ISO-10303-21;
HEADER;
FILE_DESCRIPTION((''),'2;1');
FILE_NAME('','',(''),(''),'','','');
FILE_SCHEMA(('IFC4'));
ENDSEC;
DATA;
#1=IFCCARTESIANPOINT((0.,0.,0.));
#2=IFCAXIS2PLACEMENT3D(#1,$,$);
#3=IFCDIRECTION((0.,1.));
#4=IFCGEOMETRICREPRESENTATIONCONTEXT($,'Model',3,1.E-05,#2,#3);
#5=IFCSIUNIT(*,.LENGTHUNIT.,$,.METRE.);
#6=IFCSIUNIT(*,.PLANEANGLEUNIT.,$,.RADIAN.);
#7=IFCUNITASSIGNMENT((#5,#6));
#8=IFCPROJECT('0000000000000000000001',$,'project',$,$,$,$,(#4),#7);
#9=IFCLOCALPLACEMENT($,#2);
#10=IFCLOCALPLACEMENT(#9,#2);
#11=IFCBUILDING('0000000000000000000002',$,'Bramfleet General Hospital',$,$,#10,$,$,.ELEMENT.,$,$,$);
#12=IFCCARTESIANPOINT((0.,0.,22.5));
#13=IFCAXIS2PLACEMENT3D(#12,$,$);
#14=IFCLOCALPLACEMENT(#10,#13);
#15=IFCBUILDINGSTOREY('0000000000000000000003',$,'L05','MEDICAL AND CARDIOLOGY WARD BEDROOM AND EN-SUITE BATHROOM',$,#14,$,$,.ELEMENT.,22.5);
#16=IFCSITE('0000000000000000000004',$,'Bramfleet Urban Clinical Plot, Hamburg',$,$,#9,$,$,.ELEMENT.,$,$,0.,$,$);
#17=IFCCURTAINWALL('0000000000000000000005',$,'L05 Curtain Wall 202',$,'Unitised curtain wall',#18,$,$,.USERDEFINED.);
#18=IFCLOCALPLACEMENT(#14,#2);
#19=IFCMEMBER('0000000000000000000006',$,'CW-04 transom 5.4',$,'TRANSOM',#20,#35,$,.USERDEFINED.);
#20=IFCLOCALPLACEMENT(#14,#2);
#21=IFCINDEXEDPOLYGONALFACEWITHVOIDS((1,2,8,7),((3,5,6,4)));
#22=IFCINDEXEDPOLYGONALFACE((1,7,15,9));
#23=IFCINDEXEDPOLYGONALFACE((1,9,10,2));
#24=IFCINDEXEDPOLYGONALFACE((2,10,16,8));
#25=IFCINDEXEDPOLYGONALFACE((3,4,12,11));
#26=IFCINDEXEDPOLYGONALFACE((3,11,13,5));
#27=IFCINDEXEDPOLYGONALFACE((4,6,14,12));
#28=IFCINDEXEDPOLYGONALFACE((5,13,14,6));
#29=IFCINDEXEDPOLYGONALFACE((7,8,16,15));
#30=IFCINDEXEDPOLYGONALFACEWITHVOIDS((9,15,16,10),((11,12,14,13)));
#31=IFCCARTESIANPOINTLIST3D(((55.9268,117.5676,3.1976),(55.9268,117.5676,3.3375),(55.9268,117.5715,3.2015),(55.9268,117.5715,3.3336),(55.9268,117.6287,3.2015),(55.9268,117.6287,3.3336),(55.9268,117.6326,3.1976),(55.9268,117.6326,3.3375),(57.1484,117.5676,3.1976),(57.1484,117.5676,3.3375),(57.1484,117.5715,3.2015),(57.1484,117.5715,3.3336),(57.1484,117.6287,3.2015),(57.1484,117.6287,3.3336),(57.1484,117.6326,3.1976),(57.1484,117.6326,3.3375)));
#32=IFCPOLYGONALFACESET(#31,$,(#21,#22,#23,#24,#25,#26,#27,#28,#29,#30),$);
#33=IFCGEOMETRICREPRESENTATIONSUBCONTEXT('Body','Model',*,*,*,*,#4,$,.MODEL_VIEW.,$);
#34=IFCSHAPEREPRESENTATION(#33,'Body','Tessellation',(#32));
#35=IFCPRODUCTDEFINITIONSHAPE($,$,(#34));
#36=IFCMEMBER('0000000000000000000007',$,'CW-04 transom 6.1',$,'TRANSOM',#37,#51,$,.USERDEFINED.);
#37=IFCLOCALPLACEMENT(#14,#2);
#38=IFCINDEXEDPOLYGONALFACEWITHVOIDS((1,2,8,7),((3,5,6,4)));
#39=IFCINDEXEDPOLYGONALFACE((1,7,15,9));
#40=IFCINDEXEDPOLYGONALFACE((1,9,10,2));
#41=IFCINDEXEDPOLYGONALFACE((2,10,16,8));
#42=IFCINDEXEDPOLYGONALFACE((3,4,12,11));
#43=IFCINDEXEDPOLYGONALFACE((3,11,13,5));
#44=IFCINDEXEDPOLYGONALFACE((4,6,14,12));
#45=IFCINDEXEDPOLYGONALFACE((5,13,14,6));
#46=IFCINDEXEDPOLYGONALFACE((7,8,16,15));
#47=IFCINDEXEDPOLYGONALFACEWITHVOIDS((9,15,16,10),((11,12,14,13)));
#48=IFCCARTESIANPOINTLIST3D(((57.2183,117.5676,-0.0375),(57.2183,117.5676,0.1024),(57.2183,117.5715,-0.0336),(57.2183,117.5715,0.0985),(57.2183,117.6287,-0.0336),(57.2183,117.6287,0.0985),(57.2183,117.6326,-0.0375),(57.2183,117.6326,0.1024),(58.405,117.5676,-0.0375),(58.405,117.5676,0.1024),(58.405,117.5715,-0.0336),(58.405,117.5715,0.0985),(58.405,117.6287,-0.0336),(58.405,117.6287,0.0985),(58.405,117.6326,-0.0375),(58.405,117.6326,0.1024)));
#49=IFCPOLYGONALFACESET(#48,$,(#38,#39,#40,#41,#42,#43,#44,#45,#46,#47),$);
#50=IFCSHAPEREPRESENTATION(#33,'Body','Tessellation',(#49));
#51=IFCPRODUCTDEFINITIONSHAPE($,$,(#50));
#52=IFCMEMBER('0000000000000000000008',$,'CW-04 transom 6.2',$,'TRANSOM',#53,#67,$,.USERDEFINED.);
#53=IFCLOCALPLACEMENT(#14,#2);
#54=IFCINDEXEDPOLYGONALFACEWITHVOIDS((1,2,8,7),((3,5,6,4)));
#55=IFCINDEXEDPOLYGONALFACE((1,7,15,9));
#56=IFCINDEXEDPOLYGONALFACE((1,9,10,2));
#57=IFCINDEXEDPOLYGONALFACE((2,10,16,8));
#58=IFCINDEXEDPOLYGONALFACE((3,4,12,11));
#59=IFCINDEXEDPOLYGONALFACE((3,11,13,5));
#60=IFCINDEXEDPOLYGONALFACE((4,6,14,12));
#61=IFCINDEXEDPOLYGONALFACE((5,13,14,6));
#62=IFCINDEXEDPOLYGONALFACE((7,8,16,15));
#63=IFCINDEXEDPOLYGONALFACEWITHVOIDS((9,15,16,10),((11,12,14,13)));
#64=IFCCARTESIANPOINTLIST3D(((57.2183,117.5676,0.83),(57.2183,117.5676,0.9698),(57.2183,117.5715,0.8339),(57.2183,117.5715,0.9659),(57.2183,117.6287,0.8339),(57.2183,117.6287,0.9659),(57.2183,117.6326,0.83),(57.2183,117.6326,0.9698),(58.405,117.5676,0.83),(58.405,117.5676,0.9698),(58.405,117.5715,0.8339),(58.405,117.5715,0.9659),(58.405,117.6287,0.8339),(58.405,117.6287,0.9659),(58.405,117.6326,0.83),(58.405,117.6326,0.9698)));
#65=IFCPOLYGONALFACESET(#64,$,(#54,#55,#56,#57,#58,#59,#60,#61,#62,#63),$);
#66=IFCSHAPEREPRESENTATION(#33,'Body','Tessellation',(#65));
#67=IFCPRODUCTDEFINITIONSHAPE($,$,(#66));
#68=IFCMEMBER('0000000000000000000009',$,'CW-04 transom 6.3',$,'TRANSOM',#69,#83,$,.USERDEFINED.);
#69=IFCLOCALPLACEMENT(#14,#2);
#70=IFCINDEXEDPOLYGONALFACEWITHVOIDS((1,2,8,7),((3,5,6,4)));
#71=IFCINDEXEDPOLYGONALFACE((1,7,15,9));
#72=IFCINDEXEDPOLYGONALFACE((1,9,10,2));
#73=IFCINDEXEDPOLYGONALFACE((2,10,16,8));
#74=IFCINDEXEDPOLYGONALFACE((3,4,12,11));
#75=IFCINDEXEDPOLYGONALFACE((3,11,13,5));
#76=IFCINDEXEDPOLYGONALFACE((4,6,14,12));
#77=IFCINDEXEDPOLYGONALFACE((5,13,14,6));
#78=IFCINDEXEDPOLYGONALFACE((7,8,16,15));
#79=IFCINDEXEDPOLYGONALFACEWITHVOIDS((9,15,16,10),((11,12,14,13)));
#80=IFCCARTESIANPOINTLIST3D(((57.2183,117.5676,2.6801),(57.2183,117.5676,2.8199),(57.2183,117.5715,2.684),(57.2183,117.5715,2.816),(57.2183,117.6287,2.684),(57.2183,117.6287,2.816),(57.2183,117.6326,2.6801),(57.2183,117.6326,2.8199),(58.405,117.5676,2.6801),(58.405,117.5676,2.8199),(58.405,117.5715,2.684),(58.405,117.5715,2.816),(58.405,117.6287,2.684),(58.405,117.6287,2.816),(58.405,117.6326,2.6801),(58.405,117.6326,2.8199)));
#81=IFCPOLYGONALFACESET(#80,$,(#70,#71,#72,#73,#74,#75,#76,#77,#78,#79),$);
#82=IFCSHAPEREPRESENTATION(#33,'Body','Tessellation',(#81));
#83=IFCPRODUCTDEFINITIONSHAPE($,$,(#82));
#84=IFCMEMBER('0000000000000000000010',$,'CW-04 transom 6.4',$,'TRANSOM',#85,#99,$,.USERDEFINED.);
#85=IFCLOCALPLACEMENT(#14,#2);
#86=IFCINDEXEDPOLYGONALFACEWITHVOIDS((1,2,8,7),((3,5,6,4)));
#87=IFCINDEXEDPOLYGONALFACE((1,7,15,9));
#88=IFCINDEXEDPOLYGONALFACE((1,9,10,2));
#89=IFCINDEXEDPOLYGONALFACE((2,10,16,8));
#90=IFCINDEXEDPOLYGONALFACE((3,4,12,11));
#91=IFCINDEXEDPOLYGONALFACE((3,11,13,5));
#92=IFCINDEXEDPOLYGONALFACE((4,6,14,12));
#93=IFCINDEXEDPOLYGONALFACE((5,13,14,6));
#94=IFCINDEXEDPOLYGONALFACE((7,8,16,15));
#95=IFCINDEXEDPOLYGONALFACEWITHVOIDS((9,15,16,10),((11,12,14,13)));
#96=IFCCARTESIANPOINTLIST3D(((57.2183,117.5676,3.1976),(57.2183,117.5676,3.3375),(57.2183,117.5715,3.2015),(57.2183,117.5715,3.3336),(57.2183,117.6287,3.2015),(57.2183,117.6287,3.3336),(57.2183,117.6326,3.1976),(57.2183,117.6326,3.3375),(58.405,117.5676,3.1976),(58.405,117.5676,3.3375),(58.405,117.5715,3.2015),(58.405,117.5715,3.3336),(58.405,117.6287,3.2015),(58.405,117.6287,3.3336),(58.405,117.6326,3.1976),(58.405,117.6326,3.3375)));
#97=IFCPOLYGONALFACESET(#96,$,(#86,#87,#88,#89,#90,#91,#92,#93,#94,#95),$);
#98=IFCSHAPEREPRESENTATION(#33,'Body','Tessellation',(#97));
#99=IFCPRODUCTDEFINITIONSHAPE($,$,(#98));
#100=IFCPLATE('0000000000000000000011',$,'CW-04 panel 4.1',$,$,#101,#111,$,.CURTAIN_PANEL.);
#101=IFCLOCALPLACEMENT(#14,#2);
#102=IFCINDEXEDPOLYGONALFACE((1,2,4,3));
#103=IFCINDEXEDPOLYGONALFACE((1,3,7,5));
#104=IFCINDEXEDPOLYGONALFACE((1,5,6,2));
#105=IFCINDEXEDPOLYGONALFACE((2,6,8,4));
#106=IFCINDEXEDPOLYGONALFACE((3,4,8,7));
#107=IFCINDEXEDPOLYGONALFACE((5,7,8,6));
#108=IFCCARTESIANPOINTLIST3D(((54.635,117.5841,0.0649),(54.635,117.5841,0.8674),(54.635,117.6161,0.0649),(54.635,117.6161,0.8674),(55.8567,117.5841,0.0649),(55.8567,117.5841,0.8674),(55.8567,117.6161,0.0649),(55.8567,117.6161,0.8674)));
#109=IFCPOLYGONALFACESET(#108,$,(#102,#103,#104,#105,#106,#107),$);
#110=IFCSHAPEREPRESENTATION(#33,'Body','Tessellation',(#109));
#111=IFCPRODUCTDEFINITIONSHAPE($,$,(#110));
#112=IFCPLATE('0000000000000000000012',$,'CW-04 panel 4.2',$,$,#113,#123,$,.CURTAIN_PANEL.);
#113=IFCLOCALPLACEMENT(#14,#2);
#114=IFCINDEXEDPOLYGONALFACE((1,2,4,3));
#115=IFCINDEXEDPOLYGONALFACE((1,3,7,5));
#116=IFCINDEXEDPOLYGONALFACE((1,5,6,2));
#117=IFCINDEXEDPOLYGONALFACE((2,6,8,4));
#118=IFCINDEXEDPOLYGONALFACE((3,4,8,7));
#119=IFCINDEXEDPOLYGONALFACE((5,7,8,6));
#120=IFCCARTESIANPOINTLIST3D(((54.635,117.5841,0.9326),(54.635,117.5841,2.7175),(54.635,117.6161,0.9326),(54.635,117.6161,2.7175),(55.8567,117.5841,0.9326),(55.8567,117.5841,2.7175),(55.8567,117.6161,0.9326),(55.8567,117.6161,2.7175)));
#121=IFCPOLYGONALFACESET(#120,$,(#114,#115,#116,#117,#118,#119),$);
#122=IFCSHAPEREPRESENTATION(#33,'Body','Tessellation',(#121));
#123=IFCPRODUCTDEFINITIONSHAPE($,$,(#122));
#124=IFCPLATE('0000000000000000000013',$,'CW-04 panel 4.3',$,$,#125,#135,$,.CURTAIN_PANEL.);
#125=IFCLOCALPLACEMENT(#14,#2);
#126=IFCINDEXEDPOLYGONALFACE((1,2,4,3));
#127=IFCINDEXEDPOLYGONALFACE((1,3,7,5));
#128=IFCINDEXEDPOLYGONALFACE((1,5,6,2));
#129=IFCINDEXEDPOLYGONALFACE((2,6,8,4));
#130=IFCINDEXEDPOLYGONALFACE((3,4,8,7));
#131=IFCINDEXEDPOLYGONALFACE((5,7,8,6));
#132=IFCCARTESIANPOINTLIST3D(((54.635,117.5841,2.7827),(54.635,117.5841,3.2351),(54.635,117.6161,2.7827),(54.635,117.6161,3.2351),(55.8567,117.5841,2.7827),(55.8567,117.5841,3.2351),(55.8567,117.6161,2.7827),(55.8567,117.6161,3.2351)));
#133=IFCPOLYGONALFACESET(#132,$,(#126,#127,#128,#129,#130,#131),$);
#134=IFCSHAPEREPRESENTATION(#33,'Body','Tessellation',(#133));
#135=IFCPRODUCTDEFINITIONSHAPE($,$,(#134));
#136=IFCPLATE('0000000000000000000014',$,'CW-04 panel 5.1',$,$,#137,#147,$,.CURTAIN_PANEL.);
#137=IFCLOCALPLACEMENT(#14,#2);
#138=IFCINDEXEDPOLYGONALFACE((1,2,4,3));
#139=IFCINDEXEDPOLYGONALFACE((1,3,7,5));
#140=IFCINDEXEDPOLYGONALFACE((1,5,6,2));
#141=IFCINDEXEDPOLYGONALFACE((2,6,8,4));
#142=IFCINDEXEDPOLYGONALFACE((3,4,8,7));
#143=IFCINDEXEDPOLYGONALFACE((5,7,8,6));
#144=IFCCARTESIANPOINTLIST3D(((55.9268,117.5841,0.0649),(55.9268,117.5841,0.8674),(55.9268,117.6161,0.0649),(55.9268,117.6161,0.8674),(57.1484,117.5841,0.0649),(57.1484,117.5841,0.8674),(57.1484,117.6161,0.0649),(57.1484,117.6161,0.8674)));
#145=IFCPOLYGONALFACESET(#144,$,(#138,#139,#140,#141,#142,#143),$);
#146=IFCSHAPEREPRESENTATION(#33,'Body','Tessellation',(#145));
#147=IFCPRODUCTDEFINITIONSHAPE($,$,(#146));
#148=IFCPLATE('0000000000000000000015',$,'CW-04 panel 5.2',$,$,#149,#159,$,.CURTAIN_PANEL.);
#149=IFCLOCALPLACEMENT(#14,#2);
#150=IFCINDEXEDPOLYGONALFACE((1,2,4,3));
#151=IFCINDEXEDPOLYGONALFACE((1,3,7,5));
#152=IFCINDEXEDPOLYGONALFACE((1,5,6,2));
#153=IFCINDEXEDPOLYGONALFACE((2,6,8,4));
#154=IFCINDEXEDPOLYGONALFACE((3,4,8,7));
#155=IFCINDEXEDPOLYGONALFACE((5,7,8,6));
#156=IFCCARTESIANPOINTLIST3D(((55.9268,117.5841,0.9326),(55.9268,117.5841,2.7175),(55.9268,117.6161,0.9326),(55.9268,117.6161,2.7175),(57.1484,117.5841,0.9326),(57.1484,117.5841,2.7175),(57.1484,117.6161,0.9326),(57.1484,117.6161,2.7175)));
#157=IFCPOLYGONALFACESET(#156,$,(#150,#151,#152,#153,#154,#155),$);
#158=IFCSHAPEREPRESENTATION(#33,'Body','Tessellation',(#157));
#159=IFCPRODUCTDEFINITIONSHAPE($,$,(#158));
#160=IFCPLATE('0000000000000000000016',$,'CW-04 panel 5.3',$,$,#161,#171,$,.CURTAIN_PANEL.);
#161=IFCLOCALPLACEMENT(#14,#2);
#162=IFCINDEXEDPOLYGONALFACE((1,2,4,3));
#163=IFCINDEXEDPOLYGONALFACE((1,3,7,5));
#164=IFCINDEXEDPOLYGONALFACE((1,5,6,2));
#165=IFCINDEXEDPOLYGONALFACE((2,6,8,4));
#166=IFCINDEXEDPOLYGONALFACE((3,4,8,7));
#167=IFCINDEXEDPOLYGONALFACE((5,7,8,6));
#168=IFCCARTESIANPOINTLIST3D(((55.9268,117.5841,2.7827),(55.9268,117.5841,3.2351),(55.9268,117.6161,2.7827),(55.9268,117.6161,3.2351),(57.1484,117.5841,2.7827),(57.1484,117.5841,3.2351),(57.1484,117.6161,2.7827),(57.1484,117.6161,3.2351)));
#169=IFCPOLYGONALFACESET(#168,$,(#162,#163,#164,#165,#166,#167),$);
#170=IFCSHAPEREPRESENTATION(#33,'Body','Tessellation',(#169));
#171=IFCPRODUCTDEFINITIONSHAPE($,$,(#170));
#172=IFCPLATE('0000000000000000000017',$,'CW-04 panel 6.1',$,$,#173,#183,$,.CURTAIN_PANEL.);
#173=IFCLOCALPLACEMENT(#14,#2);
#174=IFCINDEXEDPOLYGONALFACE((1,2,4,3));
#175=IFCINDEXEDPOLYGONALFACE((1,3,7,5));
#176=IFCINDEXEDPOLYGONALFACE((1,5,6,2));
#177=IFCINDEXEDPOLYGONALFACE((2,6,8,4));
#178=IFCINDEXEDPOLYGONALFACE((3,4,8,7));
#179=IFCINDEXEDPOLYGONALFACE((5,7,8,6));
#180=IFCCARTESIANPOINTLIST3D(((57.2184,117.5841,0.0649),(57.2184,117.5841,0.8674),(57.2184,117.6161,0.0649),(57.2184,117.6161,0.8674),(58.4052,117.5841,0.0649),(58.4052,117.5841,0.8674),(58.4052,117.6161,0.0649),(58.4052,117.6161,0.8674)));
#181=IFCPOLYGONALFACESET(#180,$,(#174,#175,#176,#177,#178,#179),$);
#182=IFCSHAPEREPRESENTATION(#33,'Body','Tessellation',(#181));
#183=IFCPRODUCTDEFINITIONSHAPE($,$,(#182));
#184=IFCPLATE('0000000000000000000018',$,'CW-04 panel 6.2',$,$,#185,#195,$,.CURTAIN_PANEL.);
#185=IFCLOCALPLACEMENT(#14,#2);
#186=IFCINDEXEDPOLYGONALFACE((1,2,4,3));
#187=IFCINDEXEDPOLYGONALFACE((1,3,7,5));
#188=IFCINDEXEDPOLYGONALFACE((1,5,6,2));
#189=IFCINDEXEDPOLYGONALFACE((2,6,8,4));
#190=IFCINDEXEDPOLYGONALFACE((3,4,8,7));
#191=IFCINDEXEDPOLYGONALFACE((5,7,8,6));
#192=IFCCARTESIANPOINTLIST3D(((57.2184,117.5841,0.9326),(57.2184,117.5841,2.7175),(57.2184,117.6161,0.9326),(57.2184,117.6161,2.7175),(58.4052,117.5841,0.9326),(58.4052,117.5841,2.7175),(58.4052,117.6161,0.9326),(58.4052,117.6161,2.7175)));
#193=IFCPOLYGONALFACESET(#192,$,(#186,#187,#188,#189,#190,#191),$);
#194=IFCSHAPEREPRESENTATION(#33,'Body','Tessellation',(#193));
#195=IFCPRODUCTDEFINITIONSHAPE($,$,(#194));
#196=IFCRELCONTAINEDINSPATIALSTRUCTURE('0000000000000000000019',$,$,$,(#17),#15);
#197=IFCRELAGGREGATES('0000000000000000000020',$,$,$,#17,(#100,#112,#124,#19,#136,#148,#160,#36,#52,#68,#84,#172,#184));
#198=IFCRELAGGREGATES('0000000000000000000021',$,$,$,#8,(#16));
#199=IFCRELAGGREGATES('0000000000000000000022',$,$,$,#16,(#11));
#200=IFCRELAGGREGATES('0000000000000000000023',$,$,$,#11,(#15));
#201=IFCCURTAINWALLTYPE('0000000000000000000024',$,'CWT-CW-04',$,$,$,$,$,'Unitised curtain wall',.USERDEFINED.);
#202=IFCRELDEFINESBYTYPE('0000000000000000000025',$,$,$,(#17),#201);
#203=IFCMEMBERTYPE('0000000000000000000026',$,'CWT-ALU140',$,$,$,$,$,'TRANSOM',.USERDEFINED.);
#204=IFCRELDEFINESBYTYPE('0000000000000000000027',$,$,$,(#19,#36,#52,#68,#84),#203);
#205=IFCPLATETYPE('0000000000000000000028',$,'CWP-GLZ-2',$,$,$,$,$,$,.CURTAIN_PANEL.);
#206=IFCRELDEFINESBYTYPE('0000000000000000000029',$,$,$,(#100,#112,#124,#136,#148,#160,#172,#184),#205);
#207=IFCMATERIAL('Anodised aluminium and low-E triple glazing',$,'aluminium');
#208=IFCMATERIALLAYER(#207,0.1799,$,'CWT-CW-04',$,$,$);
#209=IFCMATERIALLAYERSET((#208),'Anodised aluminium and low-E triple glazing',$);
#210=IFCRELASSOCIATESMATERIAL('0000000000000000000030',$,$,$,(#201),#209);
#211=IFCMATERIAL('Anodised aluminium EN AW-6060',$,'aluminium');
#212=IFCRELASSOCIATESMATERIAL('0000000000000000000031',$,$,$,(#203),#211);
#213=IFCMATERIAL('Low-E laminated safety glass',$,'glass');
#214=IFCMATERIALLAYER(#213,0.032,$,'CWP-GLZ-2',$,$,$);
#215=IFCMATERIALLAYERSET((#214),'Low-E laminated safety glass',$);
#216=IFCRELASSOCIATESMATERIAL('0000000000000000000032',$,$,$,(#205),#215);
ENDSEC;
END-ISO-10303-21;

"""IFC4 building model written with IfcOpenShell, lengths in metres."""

from ifc_helpers import new_model, si_unit, direction, frame, origin, origin_2d, place, context, subcontext, project, spatial, rectangle, hollow_rectangle, extrude, material, layer, layer_set, material_profile, profile_set, type_object, element, aggregate, save


model = new_model("IFC4")

# Units and contexts
model_context = context("Model", 3, precision=1e-05, world=origin(), true_north=direction((0.0, 1.0)))
body_context = subcontext(model_context, "Body", "Model", "MODEL_VIEW")
ifc_project = project(units=[si_unit("LENGTHUNIT", "METRE"), si_unit("PLANEANGLEUNIT", "RADIAN")], contexts=[model_context])

# Site, building, storey
site_placement = place(None, origin())
site = spatial("IfcSite", under=ifc_project, at=site_placement, Name="Bramfleet Urban Clinical Plot, Hamburg", CompositionType="ELEMENT", RefElevation=0.0)
building_placement = place(site_placement, origin())
building = spatial("IfcBuilding", under=site, at=building_placement, Name="Bramfleet General Hospital", CompositionType="ELEMENT")
storey_placement = place(building_placement, frame((0.0, 0.0, 22.5)))
storey = spatial("IfcBuildingStorey", under=building, at=storey_placement, Name="L05", Description="MEDICAL AND CARDIOLOGY WARD BEDROOM AND EN-SUITE BATHROOM", CompositionType="ELEMENT", Elevation=22.5)

# Curtain wall, members, plates
ifc_material_1 = material(Name="Anodised aluminium and low-E triple glazing", Category="aluminium")
ifc_layer_1 = layer(ifc_material_1, 0.1799, Name="CWT-CW-04")
ifc_layer_set_1 = layer_set([ifc_layer_1], Name="Anodised aluminium and low-E triple glazing")
curtain_wall_type = type_object("IfcCurtainWallType", Name="CWT-CW-04", ElementType="Unitised curtain wall", PredefinedType="USERDEFINED", material=ifc_layer_set_1)
curtain_wall_placement = place(storey_placement, origin())
curtain_wall = element("IfcCurtainWall", 1, at=curtain_wall_placement, inside=storey, type_object=curtain_wall_type, Name="L05 Curtain Wall 202", ObjectType="Unitised curtain wall", PredefinedType="USERDEFINED")
ifc_material_2 = material(Name="Anodised aluminium EN AW-6060", Category="aluminium")
ifc_material_profile_1 = material_profile(ifc_material_2, hollow_rectangle(XDim=0.0649, YDim=0.1399, WallThickness=0.0039, at=origin_2d()), Name="ALU 140x65x4.0")
ifc_profile_set_1 = profile_set([ifc_material_profile_1], Name="Anodised aluminium EN AW-6060")
member_type_1 = type_object("IfcMemberType", Name="CWT-ALU140", ElementType="TRANSOM", PredefinedType="USERDEFINED", material=ifc_profile_set_1)
member_1_placement = place(storey_placement, frame((55.9268, 117.6001, 3.2676), z_axis=(1.0, 0.0, 0.0), x_axis=(0.0, 1.0, 0.0)))
member_1 = element("IfcMember", 2, at=member_1_placement, type_object=member_type_1, Name="CW-04 transom 5.4", ObjectType="TRANSOM", PredefinedType="USERDEFINED", context=body_context, shape_type="SweptSolid", body=[
    extrude(hollow_rectangle(XDim=0.0649, YDim=0.1399, WallThickness=0.0039, at=origin_2d()), origin(), (0.0, 0.0, 1.0), 1.2217),
])
member_2_placement = place(storey_placement, frame((57.2183, 117.6001, 0.0325), z_axis=(1.0, 0.0, 0.0), x_axis=(0.0, 1.0, 0.0)))
member_2 = element("IfcMember", 3, at=member_2_placement, type_object=member_type_1, Name="CW-04 transom 6.1", ObjectType="TRANSOM", PredefinedType="USERDEFINED", context=body_context, shape_type="SweptSolid", body=[
    extrude(hollow_rectangle(XDim=0.0649, YDim=0.1399, WallThickness=0.0039, at=origin_2d()), origin(), (0.0, 0.0, 1.0), 1.1868),
])
member_3_placement = place(storey_placement, frame((57.2183, 117.6001, 0.8999), z_axis=(1.0, 0.0, 0.0), x_axis=(0.0, 1.0, 0.0)))
member_3 = element("IfcMember", 4, at=member_3_placement, type_object=member_type_1, Name="CW-04 transom 6.2", ObjectType="TRANSOM", PredefinedType="USERDEFINED", context=body_context, shape_type="SweptSolid", body=[
    extrude(hollow_rectangle(XDim=0.0649, YDim=0.1399, WallThickness=0.0039, at=origin_2d()), origin(), (0.0, 0.0, 1.0), 1.1868),
])
member_4_placement = place(storey_placement, frame((57.2183, 117.6001, 2.75), z_axis=(1.0, 0.0, 0.0), x_axis=(0.0, 1.0, 0.0)))
member_4 = element("IfcMember", 5, at=member_4_placement, type_object=member_type_1, Name="CW-04 transom 6.3", ObjectType="TRANSOM", PredefinedType="USERDEFINED", context=body_context, shape_type="SweptSolid", body=[
    extrude(hollow_rectangle(XDim=0.0649, YDim=0.1399, WallThickness=0.0039, at=origin_2d()), origin(), (0.0, 0.0, 1.0), 1.1868),
])
member_5_placement = place(storey_placement, frame((57.2183, 117.6001, 3.2676), z_axis=(1.0, 0.0, 0.0), x_axis=(0.0, 1.0, 0.0)))
member_5 = element("IfcMember", 6, at=member_5_placement, type_object=member_type_1, Name="CW-04 transom 6.4", ObjectType="TRANSOM", PredefinedType="USERDEFINED", context=body_context, shape_type="SweptSolid", body=[
    extrude(hollow_rectangle(XDim=0.0649, YDim=0.1399, WallThickness=0.0039, at=origin_2d()), origin(), (0.0, 0.0, 1.0), 1.1868),
])
ifc_material_3 = material(Name="Low-E laminated safety glass", Category="glass")
ifc_layer_2 = layer(ifc_material_3, 0.032, Name="CWP-GLZ-2")
ifc_layer_set_2 = layer_set([ifc_layer_2], Name="Low-E laminated safety glass")
plate_type = type_object("IfcPlateType", Name="CWP-GLZ-2", PredefinedType="CURTAIN_PANEL", material=ifc_layer_set_2)
plate_1_placement = place(storey_placement, frame((55.2458, 117.6001, 0.0649), z_axis=(0.0, 0.0, 1.0), x_axis=(1.0, 0.0, 0.0)))
plate_1 = element("IfcPlate", 7, at=plate_1_placement, type_object=plate_type, Name="CW-04 panel 4.1", PredefinedType="CURTAIN_PANEL", context=body_context, shape_type="SweptSolid", body=[
    extrude(rectangle(XDim=1.2217, YDim=0.032, at=origin_2d()), origin(), (0.0, 0.0, 1.0), 0.8025),
])
plate_2_placement = place(storey_placement, frame((55.2458, 117.6001, 0.9326), z_axis=(0.0, 0.0, 1.0), x_axis=(1.0, 0.0, 0.0)))
plate_2 = element("IfcPlate", 8, at=plate_2_placement, type_object=plate_type, Name="CW-04 panel 4.2", PredefinedType="CURTAIN_PANEL", context=body_context, shape_type="SweptSolid", body=[
    extrude(rectangle(XDim=1.2217, YDim=0.032, at=origin_2d()), origin(), (0.0, 0.0, 1.0), 1.7849),
])
plate_3_placement = place(storey_placement, frame((55.2458, 117.6001, 2.7827), z_axis=(0.0, 0.0, 1.0), x_axis=(1.0, 0.0, 0.0)))
plate_3 = element("IfcPlate", 9, at=plate_3_placement, type_object=plate_type, Name="CW-04 panel 4.3", PredefinedType="CURTAIN_PANEL", context=body_context, shape_type="SweptSolid", body=[
    extrude(rectangle(XDim=1.2217, YDim=0.032, at=origin_2d()), origin(), (0.0, 0.0, 1.0), 0.4524),
])
plate_4_placement = place(storey_placement, frame((56.5376, 117.6001, 0.0649), z_axis=(0.0, 0.0, 1.0), x_axis=(1.0, 0.0, 0.0)))
plate_4 = element("IfcPlate", 10, at=plate_4_placement, type_object=plate_type, Name="CW-04 panel 5.1", PredefinedType="CURTAIN_PANEL", context=body_context, shape_type="SweptSolid", body=[
    extrude(rectangle(XDim=1.2217, YDim=0.032, at=origin_2d()), origin(), (0.0, 0.0, 1.0), 0.8025),
])
plate_5_placement = place(storey_placement, frame((56.5376, 117.6001, 0.9326), z_axis=(0.0, 0.0, 1.0), x_axis=(1.0, 0.0, 0.0)))
plate_5 = element("IfcPlate", 11, at=plate_5_placement, type_object=plate_type, Name="CW-04 panel 5.2", PredefinedType="CURTAIN_PANEL", context=body_context, shape_type="SweptSolid", body=[
    extrude(rectangle(XDim=1.2217, YDim=0.032, at=origin_2d()), origin(), (0.0, 0.0, 1.0), 1.7849),
])
plate_6_placement = place(storey_placement, frame((56.5376, 117.6001, 2.7827), z_axis=(0.0, 0.0, 1.0), x_axis=(1.0, 0.0, 0.0)))
plate_6 = element("IfcPlate", 12, at=plate_6_placement, type_object=plate_type, Name="CW-04 panel 5.3", PredefinedType="CURTAIN_PANEL", context=body_context, shape_type="SweptSolid", body=[
    extrude(rectangle(XDim=1.2217, YDim=0.032, at=origin_2d()), origin(), (0.0, 0.0, 1.0), 0.4524),
])
plate_7_placement = place(storey_placement, frame((57.8118, 117.6001, 0.0649), z_axis=(0.0, 0.0, 1.0), x_axis=(1.0, 0.0, 0.0)))
plate_7 = element("IfcPlate", 13, at=plate_7_placement, type_object=plate_type, Name="CW-04 panel 6.1", PredefinedType="CURTAIN_PANEL", context=body_context, shape_type="SweptSolid", body=[
    extrude(rectangle(XDim=1.1868, YDim=0.032, at=origin_2d()), origin(), (0.0, 0.0, 1.0), 0.8025),
])
plate_8_placement = place(storey_placement, frame((57.8118, 117.6001, 0.9326), z_axis=(0.0, 0.0, 1.0), x_axis=(1.0, 0.0, 0.0)))
plate_8 = element("IfcPlate", 14, at=plate_8_placement, type_object=plate_type, Name="CW-04 panel 6.2", PredefinedType="CURTAIN_PANEL", context=body_context, shape_type="SweptSolid", body=[
    extrude(rectangle(XDim=1.1868, YDim=0.032, at=origin_2d()), origin(), (0.0, 0.0, 1.0), 1.7849),
])
aggregate(curtain_wall, [plate_1, plate_2, plate_3, member_1, plate_4, plate_5, plate_6, member_2, member_3, member_4, member_5, plate_7, plate_8])

save(model, "model.ifc")
